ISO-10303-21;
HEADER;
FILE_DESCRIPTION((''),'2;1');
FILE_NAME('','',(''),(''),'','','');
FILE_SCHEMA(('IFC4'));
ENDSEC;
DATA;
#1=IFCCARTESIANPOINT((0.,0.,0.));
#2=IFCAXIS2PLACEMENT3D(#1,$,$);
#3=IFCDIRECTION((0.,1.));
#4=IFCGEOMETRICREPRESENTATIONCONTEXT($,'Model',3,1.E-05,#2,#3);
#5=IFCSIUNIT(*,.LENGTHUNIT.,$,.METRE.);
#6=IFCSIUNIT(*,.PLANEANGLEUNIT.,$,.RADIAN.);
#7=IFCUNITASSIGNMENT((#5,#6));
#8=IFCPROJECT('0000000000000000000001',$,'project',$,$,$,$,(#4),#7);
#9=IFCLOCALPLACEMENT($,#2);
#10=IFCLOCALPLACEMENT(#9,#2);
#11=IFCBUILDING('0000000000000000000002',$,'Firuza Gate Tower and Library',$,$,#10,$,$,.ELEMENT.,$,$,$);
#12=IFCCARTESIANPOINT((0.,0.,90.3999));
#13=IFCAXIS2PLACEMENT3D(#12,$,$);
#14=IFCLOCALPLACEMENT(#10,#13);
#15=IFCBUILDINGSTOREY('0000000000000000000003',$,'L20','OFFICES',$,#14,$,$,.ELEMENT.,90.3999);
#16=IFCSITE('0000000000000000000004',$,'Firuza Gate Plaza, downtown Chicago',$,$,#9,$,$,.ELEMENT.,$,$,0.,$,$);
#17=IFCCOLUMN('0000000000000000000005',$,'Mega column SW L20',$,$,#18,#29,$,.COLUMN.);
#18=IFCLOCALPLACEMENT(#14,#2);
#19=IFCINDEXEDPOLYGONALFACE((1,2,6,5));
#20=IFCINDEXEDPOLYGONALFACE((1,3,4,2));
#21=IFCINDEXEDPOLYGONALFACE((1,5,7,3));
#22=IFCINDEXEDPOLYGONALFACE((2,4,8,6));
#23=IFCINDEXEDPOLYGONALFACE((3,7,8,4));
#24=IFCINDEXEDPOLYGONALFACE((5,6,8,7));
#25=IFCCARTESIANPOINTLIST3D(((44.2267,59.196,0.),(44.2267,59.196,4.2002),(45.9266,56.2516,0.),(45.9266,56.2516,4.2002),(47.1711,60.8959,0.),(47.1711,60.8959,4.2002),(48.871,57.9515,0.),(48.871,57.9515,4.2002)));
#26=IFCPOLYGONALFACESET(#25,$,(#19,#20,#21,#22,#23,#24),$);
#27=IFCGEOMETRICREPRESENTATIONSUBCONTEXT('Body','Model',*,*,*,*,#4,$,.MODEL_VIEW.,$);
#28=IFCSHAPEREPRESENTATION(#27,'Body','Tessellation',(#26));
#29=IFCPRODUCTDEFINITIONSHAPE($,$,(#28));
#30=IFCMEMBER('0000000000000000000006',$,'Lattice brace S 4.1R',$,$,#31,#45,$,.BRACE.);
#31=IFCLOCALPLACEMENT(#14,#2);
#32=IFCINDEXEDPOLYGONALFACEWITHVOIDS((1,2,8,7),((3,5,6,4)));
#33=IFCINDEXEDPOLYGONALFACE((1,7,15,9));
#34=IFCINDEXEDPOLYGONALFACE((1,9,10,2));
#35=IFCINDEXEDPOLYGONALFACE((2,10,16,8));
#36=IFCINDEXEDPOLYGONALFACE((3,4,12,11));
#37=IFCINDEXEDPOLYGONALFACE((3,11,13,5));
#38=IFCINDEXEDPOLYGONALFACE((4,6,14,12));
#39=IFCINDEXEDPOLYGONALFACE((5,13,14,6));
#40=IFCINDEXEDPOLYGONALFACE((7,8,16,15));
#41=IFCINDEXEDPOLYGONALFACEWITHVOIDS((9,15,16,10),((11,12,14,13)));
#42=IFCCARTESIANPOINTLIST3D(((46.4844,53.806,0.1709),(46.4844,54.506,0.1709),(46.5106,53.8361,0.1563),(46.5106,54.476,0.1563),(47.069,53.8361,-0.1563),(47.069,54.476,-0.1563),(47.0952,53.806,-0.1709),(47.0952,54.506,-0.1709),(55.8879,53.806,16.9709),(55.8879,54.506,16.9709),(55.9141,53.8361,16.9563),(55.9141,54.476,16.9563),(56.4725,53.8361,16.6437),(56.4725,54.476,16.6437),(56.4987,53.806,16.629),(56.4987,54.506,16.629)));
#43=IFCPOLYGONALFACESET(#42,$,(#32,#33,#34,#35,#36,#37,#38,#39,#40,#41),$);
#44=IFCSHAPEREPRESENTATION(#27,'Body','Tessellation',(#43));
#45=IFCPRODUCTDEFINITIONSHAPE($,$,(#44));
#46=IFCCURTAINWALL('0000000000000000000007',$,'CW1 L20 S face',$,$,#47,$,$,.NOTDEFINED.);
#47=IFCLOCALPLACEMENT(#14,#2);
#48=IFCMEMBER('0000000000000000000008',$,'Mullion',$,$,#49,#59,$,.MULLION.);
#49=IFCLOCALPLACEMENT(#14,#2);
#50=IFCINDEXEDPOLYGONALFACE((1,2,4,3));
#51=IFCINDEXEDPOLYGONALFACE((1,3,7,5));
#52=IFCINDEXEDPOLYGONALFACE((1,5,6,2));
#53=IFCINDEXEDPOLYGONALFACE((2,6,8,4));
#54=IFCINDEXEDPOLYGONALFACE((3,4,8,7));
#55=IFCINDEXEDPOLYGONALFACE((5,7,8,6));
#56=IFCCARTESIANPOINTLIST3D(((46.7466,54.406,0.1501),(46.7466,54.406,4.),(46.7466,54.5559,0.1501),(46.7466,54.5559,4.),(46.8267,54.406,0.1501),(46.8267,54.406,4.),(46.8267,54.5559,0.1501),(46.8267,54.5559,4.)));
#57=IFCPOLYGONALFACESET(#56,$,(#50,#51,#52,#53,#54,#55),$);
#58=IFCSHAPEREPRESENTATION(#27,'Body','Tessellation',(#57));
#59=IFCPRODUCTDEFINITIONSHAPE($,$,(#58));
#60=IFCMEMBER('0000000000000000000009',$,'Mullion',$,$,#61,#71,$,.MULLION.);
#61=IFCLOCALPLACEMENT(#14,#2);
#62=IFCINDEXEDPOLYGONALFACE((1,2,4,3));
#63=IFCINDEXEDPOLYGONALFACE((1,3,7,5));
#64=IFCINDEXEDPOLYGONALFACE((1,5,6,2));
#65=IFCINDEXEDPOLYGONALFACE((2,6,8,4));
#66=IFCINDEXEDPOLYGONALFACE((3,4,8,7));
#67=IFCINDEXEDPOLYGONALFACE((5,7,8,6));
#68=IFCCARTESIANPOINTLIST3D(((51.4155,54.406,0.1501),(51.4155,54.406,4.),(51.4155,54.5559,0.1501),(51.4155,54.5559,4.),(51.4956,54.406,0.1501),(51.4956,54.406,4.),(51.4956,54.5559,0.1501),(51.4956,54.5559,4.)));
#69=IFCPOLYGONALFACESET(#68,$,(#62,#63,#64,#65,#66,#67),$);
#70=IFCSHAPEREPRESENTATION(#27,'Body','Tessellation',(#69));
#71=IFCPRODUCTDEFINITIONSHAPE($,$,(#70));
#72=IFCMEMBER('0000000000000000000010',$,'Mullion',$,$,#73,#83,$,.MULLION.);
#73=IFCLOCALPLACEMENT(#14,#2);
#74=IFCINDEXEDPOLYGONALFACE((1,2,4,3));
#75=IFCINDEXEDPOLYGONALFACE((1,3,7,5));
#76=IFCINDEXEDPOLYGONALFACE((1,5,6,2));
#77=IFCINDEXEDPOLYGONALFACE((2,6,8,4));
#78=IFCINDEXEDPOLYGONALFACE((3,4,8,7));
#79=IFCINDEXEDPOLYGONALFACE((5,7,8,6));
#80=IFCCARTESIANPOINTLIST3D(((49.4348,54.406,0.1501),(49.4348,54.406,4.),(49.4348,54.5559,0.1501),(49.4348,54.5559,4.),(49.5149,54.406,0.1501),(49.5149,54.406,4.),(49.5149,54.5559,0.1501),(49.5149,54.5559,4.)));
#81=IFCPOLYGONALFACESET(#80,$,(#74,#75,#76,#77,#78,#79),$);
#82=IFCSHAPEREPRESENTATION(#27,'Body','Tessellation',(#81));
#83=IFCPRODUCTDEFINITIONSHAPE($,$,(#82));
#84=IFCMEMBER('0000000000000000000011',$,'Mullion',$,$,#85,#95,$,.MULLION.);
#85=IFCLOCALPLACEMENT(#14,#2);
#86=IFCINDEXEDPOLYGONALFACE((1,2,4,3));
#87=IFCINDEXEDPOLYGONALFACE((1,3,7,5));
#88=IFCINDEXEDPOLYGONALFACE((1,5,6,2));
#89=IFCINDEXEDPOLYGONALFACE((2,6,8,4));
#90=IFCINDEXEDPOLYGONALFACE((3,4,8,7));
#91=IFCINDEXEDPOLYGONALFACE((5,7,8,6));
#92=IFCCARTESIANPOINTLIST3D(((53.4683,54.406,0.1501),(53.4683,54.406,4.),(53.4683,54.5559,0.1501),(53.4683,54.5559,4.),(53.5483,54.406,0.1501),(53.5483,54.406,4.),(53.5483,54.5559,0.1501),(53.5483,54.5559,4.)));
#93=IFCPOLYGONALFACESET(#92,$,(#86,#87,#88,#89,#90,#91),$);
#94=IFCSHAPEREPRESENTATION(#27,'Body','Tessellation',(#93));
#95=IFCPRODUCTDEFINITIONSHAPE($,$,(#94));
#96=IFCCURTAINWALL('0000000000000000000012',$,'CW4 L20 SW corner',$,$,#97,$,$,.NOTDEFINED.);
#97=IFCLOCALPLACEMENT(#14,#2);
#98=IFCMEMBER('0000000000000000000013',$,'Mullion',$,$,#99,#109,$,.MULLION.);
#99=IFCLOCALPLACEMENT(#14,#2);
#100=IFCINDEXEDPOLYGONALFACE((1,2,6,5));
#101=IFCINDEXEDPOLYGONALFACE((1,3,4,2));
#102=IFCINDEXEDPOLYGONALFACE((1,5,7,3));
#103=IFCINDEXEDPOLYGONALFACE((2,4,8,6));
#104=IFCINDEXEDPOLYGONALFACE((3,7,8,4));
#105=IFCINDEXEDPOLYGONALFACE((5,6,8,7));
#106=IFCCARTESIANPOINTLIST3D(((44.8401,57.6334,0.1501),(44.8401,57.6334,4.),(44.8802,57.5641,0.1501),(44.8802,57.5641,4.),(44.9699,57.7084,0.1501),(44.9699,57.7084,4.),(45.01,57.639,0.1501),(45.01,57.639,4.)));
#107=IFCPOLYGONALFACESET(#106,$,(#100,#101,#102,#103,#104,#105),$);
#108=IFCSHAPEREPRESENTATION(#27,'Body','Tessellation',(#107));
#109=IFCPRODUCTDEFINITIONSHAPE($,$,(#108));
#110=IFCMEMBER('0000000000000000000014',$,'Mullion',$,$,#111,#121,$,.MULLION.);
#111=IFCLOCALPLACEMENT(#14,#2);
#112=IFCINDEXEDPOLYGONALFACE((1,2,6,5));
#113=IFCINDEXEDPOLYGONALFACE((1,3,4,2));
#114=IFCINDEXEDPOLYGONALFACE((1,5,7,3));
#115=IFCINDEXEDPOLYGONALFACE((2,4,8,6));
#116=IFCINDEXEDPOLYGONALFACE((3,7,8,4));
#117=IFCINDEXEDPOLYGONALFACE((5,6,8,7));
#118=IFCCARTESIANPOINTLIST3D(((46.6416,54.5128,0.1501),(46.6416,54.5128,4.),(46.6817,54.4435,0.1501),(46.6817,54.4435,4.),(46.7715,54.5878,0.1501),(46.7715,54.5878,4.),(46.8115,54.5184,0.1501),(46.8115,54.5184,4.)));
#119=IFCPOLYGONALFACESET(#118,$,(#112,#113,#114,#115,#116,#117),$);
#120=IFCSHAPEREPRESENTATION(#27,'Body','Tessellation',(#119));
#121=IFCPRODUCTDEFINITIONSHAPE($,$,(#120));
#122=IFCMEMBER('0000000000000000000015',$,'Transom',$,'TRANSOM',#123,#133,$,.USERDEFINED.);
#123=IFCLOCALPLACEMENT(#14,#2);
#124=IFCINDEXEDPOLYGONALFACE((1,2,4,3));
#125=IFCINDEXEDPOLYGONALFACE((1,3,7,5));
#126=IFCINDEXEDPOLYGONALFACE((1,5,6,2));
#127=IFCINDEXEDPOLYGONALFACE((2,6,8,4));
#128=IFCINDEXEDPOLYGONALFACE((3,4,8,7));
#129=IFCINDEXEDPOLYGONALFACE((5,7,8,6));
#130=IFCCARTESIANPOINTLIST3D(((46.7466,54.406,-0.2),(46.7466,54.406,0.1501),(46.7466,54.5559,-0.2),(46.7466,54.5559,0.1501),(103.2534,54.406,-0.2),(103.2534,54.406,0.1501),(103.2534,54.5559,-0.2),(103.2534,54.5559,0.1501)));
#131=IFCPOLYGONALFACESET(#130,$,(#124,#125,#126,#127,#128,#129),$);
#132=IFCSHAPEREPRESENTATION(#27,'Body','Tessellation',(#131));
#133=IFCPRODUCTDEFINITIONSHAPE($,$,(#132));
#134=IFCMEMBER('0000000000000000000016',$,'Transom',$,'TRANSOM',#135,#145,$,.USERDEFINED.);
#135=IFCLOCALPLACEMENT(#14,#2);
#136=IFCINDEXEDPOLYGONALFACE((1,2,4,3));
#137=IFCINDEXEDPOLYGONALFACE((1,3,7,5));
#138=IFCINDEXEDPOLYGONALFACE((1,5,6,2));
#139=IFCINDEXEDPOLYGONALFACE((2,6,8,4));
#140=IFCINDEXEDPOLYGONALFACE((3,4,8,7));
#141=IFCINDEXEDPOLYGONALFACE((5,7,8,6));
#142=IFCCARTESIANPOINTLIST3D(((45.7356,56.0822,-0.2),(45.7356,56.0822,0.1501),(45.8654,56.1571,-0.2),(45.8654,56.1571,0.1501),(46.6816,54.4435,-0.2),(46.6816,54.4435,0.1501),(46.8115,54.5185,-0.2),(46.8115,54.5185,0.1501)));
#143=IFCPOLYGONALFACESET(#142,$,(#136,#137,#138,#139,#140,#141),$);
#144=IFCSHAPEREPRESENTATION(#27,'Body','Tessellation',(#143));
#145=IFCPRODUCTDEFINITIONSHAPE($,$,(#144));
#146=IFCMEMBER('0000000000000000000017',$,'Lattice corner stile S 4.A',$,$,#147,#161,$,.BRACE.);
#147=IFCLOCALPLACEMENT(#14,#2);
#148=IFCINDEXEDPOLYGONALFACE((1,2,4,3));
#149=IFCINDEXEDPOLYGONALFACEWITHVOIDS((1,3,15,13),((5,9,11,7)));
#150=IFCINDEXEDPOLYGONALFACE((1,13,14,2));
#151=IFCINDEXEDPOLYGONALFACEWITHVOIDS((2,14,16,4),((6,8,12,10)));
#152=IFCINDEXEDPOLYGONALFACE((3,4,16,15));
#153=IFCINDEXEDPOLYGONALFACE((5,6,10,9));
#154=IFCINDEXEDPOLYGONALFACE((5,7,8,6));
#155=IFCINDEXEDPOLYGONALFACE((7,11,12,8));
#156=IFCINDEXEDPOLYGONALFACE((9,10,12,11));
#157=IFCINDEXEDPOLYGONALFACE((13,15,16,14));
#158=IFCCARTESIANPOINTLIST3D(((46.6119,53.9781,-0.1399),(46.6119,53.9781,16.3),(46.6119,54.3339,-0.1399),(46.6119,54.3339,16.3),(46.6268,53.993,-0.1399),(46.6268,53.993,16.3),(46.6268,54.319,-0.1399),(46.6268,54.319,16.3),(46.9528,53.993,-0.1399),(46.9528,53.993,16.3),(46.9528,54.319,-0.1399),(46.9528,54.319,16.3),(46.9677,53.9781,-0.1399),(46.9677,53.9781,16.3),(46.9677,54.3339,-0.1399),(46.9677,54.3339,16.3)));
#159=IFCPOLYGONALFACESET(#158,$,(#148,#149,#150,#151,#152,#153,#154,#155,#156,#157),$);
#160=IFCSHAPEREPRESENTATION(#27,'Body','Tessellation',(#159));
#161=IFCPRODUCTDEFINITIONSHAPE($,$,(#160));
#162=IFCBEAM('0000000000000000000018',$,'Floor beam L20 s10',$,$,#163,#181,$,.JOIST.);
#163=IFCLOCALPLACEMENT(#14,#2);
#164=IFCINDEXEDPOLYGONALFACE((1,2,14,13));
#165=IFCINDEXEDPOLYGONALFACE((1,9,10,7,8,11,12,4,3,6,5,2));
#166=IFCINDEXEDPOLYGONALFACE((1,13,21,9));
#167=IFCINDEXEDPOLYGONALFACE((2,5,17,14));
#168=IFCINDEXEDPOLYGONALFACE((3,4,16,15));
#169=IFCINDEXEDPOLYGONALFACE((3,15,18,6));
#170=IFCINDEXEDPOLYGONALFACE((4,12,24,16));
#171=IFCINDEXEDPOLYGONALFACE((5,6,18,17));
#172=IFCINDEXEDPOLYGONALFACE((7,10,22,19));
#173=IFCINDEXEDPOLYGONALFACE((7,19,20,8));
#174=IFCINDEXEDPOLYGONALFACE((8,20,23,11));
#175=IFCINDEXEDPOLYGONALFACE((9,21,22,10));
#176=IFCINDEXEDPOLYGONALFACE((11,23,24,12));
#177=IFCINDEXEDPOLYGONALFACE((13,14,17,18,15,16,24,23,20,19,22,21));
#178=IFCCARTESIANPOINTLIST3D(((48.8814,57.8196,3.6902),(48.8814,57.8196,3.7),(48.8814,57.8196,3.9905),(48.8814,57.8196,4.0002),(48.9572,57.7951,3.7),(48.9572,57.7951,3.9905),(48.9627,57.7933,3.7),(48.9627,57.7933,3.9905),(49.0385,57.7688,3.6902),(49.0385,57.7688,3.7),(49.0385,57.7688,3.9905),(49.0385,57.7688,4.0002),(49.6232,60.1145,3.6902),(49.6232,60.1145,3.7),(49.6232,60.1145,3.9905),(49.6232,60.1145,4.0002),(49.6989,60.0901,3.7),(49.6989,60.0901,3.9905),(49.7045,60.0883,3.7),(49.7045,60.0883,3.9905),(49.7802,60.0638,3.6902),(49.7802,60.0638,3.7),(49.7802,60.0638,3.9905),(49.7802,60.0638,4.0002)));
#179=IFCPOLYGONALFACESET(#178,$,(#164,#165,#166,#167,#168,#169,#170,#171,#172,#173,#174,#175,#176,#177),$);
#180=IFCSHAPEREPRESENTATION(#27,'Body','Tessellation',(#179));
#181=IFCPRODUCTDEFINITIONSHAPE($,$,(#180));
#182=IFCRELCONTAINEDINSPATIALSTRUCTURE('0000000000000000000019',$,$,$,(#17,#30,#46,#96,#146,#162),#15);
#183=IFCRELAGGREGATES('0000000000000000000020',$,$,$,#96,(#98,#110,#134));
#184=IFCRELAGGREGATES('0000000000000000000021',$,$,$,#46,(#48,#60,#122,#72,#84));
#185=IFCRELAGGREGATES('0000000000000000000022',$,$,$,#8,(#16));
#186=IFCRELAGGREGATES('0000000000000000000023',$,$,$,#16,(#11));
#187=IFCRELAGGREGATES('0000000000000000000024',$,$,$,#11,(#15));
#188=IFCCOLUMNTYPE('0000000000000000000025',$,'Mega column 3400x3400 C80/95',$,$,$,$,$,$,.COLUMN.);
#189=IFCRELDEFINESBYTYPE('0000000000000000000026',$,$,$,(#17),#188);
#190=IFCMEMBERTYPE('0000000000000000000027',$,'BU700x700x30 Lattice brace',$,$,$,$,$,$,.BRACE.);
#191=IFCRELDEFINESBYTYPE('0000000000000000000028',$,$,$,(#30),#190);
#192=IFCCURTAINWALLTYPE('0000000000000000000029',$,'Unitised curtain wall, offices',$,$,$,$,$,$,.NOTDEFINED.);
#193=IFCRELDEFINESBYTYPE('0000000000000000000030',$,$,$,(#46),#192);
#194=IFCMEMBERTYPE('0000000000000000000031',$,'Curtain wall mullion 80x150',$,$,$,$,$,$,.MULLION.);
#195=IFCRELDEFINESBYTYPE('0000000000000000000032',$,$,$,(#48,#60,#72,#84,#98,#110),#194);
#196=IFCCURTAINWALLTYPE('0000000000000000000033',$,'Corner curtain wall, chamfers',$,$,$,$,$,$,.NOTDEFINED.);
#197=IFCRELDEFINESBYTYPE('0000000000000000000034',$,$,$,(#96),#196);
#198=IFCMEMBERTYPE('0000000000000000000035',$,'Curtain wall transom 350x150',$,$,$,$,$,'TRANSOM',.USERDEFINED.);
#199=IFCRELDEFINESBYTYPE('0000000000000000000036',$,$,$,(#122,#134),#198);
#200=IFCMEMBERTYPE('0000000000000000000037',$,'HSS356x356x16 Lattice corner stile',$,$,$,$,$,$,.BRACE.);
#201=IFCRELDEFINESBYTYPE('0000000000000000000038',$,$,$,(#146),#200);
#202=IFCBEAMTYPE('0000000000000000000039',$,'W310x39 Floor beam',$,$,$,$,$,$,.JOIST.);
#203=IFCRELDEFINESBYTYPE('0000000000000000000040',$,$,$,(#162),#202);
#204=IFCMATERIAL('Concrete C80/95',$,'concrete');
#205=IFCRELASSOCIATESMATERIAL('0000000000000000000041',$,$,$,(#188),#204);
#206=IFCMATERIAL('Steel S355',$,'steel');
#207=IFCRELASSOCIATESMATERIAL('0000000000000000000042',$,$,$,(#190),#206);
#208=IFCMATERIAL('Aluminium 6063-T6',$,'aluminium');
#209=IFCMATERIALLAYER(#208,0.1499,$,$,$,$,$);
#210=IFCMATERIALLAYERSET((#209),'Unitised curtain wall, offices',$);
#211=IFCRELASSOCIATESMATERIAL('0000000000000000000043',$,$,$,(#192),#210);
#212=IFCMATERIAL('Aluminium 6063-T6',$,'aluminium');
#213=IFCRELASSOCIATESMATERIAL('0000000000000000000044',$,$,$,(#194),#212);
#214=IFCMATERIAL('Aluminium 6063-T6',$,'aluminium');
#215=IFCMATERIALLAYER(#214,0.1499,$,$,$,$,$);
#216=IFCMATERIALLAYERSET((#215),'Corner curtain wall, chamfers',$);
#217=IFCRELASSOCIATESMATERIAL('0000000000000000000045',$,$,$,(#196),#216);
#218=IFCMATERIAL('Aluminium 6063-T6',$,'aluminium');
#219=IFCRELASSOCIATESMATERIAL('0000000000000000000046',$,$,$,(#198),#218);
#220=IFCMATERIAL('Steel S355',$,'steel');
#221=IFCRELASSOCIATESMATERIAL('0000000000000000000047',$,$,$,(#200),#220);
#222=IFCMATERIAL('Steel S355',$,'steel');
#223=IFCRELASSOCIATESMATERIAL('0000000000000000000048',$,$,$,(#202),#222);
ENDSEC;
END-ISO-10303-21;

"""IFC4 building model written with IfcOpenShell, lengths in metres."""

from ifc_helpers import new_model, si_unit, direction, frame, origin, origin_2d, place, context, subcontext, project, spatial, rectangle, hollow_rectangle, i_section, extrude, material, layer, layer_set, material_profile, profile_set, type_object, element, aggregate, save


model = new_model("IFC4")

# Units and contexts
model_context = context("Model", 3, precision=1e-05, world=origin(), true_north=direction((0.0, 1.0)))
body_context = subcontext(model_context, "Body", "Model", "MODEL_VIEW")
ifc_project = project(units=[si_unit("LENGTHUNIT", "METRE"), si_unit("PLANEANGLEUNIT", "RADIAN")], contexts=[model_context])

# Site, building, storey
site_placement = place(None, origin())
site = spatial("IfcSite", under=ifc_project, at=site_placement, Name="Firuza Gate Plaza, downtown Chicago", CompositionType="ELEMENT", RefElevation=0.0)
building_placement = place(site_placement, origin())
building = spatial("IfcBuilding", under=site, at=building_placement, Name="Firuza Gate Tower and Library", CompositionType="ELEMENT")
storey_placement = place(building_placement, frame((0.0, 0.0, 90.3999)))
storey = spatial("IfcBuildingStorey", under=building, at=storey_placement, Name="L20", Description="OFFICES", CompositionType="ELEMENT", Elevation=90.3999)

# Column
ifc_material_1 = material(Name="Concrete C80/95", Category="concrete")
ifc_material_profile_1 = material_profile(ifc_material_1, rectangle(XDim=3.3999, YDim=3.3999, at=origin_2d()))
ifc_profile_set_1 = profile_set([ifc_material_profile_1], Name="Concrete C80/95")
column_type = type_object("IfcColumnType", Name="Mega column 3400x3400 C80/95", PredefinedType="COLUMN", material=ifc_profile_set_1)
column_placement = place(storey_placement, frame((46.5488, 58.5737, 0.0), z_axis=(0.0, 0.0, 1.0), x_axis=(0.5, -0.866025, 0.0)))
element("IfcColumn", 1, at=column_placement, inside=storey, type_object=column_type, Name="Mega column SW L20", PredefinedType="COLUMN", context=body_context, shape_type="SweptSolid", body=[
    extrude(rectangle(XDim=3.3999, YDim=3.3999, at=origin_2d()), origin(), (0.0, 0.0, 1.0), 4.2002),
])

# Member
ifc_material_2 = material(Name="Steel S355", Category="steel")
ifc_material_profile_2 = material_profile(ifc_material_2, hollow_rectangle(XDim=0.7, YDim=0.7, WallThickness=0.03, at=origin_2d()))
ifc_profile_set_2 = profile_set([ifc_material_profile_2], Name="Steel S355")
member_type_1 = type_object("IfcMemberType", Name="BU700x700x30 Lattice brace", PredefinedType="BRACE", material=ifc_profile_set_2)
member_1_placement = place(storey_placement, frame((46.7898, 54.156, 0.0), z_axis=(0.488427, 0.0, 0.872605), x_axis=(0.0, 1.0, 0.0)))
element("IfcMember", 2, at=member_1_placement, inside=storey, type_object=member_type_1, Name="Lattice brace S 4.1R", PredefinedType="BRACE", context=body_context, shape_type="SweptSolid", body=[
    extrude(hollow_rectangle(XDim=0.7, YDim=0.7, WallThickness=0.03, at=origin_2d()), origin(), (0.0, 0.0, 1.0), 19.2527),
])

# Curtain walls, members
ifc_material_3 = material(Name="Aluminium 6063-T6", Category="aluminium")
ifc_layer_1 = layer(ifc_material_3, 0.1499)
ifc_layer_set_1 = layer_set([ifc_layer_1], Name="Unitised curtain wall, offices")
curtain_wall_type_1 = type_object("IfcCurtainWallType", Name="Unitised curtain wall, offices", PredefinedType="NOTDEFINED", material=ifc_layer_set_1)
placement_1 = place(storey_placement, origin())
curtain_wall_1 = element("IfcCurtainWall", 3, at=placement_1, inside=storey, type_object=curtain_wall_type_1, Name="CW1 L20 S face", PredefinedType="NOTDEFINED")
ifc_material_4 = material(Name="Aluminium 6063-T6", Category="aluminium")
ifc_material_profile_3 = material_profile(ifc_material_4, rectangle(XDim=0.1499, YDim=0.0801, at=origin_2d()))
ifc_profile_set_3 = profile_set([ifc_material_profile_3], Name="Aluminium 6063-T6")
member_type_2 = type_object("IfcMemberType", Name="Curtain wall mullion 80x150", PredefinedType="MULLION", material=ifc_profile_set_3)
member_2_placement = place(storey_placement, frame((46.7866, 54.481, 0.1501), z_axis=(0.0, 0.0, 1.0), x_axis=(0.0, 1.0, 0.0)))
member_2 = element("IfcMember", 4, at=member_2_placement, type_object=member_type_2, Name="Mullion", PredefinedType="MULLION", context=body_context, shape_type="SweptSolid", body=[
    extrude(rectangle(XDim=0.1499, YDim=0.0801, at=origin_2d()), origin(), (0.0, 0.0, 1.0), 3.8499),
])
member_3_placement = place(storey_placement, frame((51.4556, 54.481, 0.1501), z_axis=(0.0, 0.0, 1.0), x_axis=(0.0, 1.0, 0.0)))
member_3 = element("IfcMember", 5, at=member_3_placement, type_object=member_type_2, Name="Mullion", PredefinedType="MULLION", context=body_context, shape_type="SweptSolid", body=[
    extrude(rectangle(XDim=0.1499, YDim=0.0801, at=origin_2d()), origin(), (0.0, 0.0, 1.0), 3.8499),
])
member_4_placement = place(storey_placement, frame((49.4749, 54.481, 0.1501), z_axis=(0.0, 0.0, 1.0), x_axis=(0.0, 1.0, 0.0)))
member_4 = element("IfcMember", 6, at=member_4_placement, type_object=member_type_2, Name="Mullion", PredefinedType="MULLION", context=body_context, shape_type="SweptSolid", body=[
    extrude(rectangle(XDim=0.1499, YDim=0.0801, at=origin_2d()), origin(), (0.0, 0.0, 1.0), 3.8499),
])
member_5_placement = place(storey_placement, frame((53.5083, 54.481, 0.1501), z_axis=(0.0, 0.0, 1.0), x_axis=(0.0, 1.0, 0.0)))
member_5 = element("IfcMember", 7, at=member_5_placement, type_object=member_type_2, Name="Mullion", PredefinedType="MULLION", context=body_context, shape_type="SweptSolid", body=[
    extrude(rectangle(XDim=0.1499, YDim=0.0801, at=origin_2d()), origin(), (0.0, 0.0, 1.0), 3.8499),
])
ifc_material_5 = material(Name="Aluminium 6063-T6", Category="aluminium")
ifc_layer_2 = layer(ifc_material_5, 0.1499)
ifc_layer_set_2 = layer_set([ifc_layer_2], Name="Corner curtain wall, chamfers")
curtain_wall_type_2 = type_object("IfcCurtainWallType", Name="Corner curtain wall, chamfers", PredefinedType="NOTDEFINED", material=ifc_layer_set_2)
curtain_wall_2 = element("IfcCurtainWall", 8, at=placement_1, inside=storey, type_object=curtain_wall_type_2, Name="CW4 L20 SW corner", PredefinedType="NOTDEFINED")
member_6_placement = place(storey_placement, frame((44.925, 57.6362, 0.1501), z_axis=(0.0, 0.0, 1.0), x_axis=(0.866025, 0.5, 0.0)))
member_6 = element("IfcMember", 9, at=member_6_placement, type_object=member_type_2, Name="Mullion", PredefinedType="MULLION", context=body_context, shape_type="SweptSolid", body=[
    extrude(rectangle(XDim=0.1499, YDim=0.0801, at=origin_2d()), origin(), (0.0, 0.0, 1.0), 3.8499),
])
member_7_placement = place(storey_placement, frame((46.7266, 54.5156, 0.1501), z_axis=(0.0, 0.0, 1.0), x_axis=(0.866025, 0.5, 0.0)))
member_7 = element("IfcMember", 10, at=member_7_placement, type_object=member_type_2, Name="Mullion", PredefinedType="MULLION", context=body_context, shape_type="SweptSolid", body=[
    extrude(rectangle(XDim=0.1499, YDim=0.0801, at=origin_2d()), origin(), (0.0, 0.0, 1.0), 3.8499),
])

# Members
ifc_material_6 = material(Name="Aluminium 6063-T6", Category="aluminium")
ifc_material_profile_4 = material_profile(ifc_material_6, rectangle(XDim=0.1499, YDim=0.3501, at=origin_2d()))
ifc_profile_set_4 = profile_set([ifc_material_profile_4], Name="Aluminium 6063-T6")
member_type_3 = type_object("IfcMemberType", Name="Curtain wall transom 350x150", ElementType="TRANSOM", PredefinedType="USERDEFINED", material=ifc_profile_set_4)
member_8_placement = place(storey_placement, frame((46.7466, 54.481, -0.0249), z_axis=(1.0, 0.0, 0.0), x_axis=(0.0, 1.0, 0.0)))
member_8 = element("IfcMember", 11, at=member_8_placement, type_object=member_type_3, Name="Transom", ObjectType="TRANSOM", PredefinedType="USERDEFINED", context=body_context, shape_type="SweptSolid", body=[
    extrude(rectangle(XDim=0.1499, YDim=0.3501, at=origin_2d()), origin(), (0.0, 0.0, 1.0), 56.5068),
])
member_9_placement = place(storey_placement, frame((45.8005, 56.1196, -0.0249), z_axis=(0.499983, -0.866035, 0.0), x_axis=(0.866035, 0.499983, 0.0)))
member_9 = element("IfcMember", 12, at=member_9_placement, type_object=member_type_3, Name="Transom", ObjectType="TRANSOM", PredefinedType="USERDEFINED", context=body_context, shape_type="SweptSolid", body=[
    extrude(rectangle(XDim=0.1499, YDim=0.3501, at=origin_2d()), origin(), (0.0, 0.0, 1.0), 1.8921),
])
ifc_material_7 = material(Name="Steel S355", Category="steel")
ifc_material_profile_5 = material_profile(ifc_material_7, hollow_rectangle(XDim=0.3557, YDim=0.3557, WallThickness=0.0149, at=origin_2d()))
ifc_profile_set_5 = profile_set([ifc_material_profile_5], Name="Steel S355")
member_type_4 = type_object("IfcMemberType", Name="HSS356x356x16 Lattice corner stile", PredefinedType="BRACE", material=ifc_profile_set_5)
member_10_placement = place(storey_placement, frame((46.7898, 54.156, -0.1399), z_axis=(0.0, 0.0, 1.0), x_axis=(1.0, 0.0, 0.0)))
element("IfcMember", 13, at=member_10_placement, inside=storey, type_object=member_type_4, Name="Lattice corner stile S 4.A", PredefinedType="BRACE", context=body_context, shape_type="SweptSolid", body=[
    extrude(hollow_rectangle(XDim=0.3557, YDim=0.3557, WallThickness=0.0149, at=origin_2d()), origin(), (0.0, 0.0, 1.0), 16.4399),
])

# Beam
ifc_material_8 = material(Name="Steel S355", Category="steel")
ifc_material_profile_6 = material_profile(ifc_material_8, i_section(OverallWidth=0.165, OverallDepth=0.3101, WebThickness=0.0059, FlangeThickness=0.0098, at=origin_2d()))
ifc_profile_set_6 = profile_set([ifc_material_profile_6], Name="Steel S355")
beam_type_1 = type_object("IfcBeamType", Name="W310x39 Floor beam", PredefinedType="JOIST", material=ifc_profile_set_6)
beam_1_placement = place(storey_placement, frame((48.96, 57.7942, 3.8452), z_axis=(0.307529, 0.951539, 0.0), x_axis=(-0.951539, 0.307529, 0.0)))
element("IfcBeam", 14, at=beam_1_placement, inside=storey, type_object=beam_type_1, Name="Floor beam L20 s10", PredefinedType="JOIST", context=body_context, shape_type="SweptSolid", body=[
    extrude(i_section(OverallWidth=0.165, OverallDepth=0.3101, WebThickness=0.0059, FlangeThickness=0.0098, at=origin_2d()), origin(), (0.0, 0.0, 1.0), 2.4119),
])

aggregate(curtain_wall_2, [member_6, member_7, member_9])
aggregate(curtain_wall_1, [member_2, member_3, member_8, member_4, member_5])

save(model, "model.ifc")
